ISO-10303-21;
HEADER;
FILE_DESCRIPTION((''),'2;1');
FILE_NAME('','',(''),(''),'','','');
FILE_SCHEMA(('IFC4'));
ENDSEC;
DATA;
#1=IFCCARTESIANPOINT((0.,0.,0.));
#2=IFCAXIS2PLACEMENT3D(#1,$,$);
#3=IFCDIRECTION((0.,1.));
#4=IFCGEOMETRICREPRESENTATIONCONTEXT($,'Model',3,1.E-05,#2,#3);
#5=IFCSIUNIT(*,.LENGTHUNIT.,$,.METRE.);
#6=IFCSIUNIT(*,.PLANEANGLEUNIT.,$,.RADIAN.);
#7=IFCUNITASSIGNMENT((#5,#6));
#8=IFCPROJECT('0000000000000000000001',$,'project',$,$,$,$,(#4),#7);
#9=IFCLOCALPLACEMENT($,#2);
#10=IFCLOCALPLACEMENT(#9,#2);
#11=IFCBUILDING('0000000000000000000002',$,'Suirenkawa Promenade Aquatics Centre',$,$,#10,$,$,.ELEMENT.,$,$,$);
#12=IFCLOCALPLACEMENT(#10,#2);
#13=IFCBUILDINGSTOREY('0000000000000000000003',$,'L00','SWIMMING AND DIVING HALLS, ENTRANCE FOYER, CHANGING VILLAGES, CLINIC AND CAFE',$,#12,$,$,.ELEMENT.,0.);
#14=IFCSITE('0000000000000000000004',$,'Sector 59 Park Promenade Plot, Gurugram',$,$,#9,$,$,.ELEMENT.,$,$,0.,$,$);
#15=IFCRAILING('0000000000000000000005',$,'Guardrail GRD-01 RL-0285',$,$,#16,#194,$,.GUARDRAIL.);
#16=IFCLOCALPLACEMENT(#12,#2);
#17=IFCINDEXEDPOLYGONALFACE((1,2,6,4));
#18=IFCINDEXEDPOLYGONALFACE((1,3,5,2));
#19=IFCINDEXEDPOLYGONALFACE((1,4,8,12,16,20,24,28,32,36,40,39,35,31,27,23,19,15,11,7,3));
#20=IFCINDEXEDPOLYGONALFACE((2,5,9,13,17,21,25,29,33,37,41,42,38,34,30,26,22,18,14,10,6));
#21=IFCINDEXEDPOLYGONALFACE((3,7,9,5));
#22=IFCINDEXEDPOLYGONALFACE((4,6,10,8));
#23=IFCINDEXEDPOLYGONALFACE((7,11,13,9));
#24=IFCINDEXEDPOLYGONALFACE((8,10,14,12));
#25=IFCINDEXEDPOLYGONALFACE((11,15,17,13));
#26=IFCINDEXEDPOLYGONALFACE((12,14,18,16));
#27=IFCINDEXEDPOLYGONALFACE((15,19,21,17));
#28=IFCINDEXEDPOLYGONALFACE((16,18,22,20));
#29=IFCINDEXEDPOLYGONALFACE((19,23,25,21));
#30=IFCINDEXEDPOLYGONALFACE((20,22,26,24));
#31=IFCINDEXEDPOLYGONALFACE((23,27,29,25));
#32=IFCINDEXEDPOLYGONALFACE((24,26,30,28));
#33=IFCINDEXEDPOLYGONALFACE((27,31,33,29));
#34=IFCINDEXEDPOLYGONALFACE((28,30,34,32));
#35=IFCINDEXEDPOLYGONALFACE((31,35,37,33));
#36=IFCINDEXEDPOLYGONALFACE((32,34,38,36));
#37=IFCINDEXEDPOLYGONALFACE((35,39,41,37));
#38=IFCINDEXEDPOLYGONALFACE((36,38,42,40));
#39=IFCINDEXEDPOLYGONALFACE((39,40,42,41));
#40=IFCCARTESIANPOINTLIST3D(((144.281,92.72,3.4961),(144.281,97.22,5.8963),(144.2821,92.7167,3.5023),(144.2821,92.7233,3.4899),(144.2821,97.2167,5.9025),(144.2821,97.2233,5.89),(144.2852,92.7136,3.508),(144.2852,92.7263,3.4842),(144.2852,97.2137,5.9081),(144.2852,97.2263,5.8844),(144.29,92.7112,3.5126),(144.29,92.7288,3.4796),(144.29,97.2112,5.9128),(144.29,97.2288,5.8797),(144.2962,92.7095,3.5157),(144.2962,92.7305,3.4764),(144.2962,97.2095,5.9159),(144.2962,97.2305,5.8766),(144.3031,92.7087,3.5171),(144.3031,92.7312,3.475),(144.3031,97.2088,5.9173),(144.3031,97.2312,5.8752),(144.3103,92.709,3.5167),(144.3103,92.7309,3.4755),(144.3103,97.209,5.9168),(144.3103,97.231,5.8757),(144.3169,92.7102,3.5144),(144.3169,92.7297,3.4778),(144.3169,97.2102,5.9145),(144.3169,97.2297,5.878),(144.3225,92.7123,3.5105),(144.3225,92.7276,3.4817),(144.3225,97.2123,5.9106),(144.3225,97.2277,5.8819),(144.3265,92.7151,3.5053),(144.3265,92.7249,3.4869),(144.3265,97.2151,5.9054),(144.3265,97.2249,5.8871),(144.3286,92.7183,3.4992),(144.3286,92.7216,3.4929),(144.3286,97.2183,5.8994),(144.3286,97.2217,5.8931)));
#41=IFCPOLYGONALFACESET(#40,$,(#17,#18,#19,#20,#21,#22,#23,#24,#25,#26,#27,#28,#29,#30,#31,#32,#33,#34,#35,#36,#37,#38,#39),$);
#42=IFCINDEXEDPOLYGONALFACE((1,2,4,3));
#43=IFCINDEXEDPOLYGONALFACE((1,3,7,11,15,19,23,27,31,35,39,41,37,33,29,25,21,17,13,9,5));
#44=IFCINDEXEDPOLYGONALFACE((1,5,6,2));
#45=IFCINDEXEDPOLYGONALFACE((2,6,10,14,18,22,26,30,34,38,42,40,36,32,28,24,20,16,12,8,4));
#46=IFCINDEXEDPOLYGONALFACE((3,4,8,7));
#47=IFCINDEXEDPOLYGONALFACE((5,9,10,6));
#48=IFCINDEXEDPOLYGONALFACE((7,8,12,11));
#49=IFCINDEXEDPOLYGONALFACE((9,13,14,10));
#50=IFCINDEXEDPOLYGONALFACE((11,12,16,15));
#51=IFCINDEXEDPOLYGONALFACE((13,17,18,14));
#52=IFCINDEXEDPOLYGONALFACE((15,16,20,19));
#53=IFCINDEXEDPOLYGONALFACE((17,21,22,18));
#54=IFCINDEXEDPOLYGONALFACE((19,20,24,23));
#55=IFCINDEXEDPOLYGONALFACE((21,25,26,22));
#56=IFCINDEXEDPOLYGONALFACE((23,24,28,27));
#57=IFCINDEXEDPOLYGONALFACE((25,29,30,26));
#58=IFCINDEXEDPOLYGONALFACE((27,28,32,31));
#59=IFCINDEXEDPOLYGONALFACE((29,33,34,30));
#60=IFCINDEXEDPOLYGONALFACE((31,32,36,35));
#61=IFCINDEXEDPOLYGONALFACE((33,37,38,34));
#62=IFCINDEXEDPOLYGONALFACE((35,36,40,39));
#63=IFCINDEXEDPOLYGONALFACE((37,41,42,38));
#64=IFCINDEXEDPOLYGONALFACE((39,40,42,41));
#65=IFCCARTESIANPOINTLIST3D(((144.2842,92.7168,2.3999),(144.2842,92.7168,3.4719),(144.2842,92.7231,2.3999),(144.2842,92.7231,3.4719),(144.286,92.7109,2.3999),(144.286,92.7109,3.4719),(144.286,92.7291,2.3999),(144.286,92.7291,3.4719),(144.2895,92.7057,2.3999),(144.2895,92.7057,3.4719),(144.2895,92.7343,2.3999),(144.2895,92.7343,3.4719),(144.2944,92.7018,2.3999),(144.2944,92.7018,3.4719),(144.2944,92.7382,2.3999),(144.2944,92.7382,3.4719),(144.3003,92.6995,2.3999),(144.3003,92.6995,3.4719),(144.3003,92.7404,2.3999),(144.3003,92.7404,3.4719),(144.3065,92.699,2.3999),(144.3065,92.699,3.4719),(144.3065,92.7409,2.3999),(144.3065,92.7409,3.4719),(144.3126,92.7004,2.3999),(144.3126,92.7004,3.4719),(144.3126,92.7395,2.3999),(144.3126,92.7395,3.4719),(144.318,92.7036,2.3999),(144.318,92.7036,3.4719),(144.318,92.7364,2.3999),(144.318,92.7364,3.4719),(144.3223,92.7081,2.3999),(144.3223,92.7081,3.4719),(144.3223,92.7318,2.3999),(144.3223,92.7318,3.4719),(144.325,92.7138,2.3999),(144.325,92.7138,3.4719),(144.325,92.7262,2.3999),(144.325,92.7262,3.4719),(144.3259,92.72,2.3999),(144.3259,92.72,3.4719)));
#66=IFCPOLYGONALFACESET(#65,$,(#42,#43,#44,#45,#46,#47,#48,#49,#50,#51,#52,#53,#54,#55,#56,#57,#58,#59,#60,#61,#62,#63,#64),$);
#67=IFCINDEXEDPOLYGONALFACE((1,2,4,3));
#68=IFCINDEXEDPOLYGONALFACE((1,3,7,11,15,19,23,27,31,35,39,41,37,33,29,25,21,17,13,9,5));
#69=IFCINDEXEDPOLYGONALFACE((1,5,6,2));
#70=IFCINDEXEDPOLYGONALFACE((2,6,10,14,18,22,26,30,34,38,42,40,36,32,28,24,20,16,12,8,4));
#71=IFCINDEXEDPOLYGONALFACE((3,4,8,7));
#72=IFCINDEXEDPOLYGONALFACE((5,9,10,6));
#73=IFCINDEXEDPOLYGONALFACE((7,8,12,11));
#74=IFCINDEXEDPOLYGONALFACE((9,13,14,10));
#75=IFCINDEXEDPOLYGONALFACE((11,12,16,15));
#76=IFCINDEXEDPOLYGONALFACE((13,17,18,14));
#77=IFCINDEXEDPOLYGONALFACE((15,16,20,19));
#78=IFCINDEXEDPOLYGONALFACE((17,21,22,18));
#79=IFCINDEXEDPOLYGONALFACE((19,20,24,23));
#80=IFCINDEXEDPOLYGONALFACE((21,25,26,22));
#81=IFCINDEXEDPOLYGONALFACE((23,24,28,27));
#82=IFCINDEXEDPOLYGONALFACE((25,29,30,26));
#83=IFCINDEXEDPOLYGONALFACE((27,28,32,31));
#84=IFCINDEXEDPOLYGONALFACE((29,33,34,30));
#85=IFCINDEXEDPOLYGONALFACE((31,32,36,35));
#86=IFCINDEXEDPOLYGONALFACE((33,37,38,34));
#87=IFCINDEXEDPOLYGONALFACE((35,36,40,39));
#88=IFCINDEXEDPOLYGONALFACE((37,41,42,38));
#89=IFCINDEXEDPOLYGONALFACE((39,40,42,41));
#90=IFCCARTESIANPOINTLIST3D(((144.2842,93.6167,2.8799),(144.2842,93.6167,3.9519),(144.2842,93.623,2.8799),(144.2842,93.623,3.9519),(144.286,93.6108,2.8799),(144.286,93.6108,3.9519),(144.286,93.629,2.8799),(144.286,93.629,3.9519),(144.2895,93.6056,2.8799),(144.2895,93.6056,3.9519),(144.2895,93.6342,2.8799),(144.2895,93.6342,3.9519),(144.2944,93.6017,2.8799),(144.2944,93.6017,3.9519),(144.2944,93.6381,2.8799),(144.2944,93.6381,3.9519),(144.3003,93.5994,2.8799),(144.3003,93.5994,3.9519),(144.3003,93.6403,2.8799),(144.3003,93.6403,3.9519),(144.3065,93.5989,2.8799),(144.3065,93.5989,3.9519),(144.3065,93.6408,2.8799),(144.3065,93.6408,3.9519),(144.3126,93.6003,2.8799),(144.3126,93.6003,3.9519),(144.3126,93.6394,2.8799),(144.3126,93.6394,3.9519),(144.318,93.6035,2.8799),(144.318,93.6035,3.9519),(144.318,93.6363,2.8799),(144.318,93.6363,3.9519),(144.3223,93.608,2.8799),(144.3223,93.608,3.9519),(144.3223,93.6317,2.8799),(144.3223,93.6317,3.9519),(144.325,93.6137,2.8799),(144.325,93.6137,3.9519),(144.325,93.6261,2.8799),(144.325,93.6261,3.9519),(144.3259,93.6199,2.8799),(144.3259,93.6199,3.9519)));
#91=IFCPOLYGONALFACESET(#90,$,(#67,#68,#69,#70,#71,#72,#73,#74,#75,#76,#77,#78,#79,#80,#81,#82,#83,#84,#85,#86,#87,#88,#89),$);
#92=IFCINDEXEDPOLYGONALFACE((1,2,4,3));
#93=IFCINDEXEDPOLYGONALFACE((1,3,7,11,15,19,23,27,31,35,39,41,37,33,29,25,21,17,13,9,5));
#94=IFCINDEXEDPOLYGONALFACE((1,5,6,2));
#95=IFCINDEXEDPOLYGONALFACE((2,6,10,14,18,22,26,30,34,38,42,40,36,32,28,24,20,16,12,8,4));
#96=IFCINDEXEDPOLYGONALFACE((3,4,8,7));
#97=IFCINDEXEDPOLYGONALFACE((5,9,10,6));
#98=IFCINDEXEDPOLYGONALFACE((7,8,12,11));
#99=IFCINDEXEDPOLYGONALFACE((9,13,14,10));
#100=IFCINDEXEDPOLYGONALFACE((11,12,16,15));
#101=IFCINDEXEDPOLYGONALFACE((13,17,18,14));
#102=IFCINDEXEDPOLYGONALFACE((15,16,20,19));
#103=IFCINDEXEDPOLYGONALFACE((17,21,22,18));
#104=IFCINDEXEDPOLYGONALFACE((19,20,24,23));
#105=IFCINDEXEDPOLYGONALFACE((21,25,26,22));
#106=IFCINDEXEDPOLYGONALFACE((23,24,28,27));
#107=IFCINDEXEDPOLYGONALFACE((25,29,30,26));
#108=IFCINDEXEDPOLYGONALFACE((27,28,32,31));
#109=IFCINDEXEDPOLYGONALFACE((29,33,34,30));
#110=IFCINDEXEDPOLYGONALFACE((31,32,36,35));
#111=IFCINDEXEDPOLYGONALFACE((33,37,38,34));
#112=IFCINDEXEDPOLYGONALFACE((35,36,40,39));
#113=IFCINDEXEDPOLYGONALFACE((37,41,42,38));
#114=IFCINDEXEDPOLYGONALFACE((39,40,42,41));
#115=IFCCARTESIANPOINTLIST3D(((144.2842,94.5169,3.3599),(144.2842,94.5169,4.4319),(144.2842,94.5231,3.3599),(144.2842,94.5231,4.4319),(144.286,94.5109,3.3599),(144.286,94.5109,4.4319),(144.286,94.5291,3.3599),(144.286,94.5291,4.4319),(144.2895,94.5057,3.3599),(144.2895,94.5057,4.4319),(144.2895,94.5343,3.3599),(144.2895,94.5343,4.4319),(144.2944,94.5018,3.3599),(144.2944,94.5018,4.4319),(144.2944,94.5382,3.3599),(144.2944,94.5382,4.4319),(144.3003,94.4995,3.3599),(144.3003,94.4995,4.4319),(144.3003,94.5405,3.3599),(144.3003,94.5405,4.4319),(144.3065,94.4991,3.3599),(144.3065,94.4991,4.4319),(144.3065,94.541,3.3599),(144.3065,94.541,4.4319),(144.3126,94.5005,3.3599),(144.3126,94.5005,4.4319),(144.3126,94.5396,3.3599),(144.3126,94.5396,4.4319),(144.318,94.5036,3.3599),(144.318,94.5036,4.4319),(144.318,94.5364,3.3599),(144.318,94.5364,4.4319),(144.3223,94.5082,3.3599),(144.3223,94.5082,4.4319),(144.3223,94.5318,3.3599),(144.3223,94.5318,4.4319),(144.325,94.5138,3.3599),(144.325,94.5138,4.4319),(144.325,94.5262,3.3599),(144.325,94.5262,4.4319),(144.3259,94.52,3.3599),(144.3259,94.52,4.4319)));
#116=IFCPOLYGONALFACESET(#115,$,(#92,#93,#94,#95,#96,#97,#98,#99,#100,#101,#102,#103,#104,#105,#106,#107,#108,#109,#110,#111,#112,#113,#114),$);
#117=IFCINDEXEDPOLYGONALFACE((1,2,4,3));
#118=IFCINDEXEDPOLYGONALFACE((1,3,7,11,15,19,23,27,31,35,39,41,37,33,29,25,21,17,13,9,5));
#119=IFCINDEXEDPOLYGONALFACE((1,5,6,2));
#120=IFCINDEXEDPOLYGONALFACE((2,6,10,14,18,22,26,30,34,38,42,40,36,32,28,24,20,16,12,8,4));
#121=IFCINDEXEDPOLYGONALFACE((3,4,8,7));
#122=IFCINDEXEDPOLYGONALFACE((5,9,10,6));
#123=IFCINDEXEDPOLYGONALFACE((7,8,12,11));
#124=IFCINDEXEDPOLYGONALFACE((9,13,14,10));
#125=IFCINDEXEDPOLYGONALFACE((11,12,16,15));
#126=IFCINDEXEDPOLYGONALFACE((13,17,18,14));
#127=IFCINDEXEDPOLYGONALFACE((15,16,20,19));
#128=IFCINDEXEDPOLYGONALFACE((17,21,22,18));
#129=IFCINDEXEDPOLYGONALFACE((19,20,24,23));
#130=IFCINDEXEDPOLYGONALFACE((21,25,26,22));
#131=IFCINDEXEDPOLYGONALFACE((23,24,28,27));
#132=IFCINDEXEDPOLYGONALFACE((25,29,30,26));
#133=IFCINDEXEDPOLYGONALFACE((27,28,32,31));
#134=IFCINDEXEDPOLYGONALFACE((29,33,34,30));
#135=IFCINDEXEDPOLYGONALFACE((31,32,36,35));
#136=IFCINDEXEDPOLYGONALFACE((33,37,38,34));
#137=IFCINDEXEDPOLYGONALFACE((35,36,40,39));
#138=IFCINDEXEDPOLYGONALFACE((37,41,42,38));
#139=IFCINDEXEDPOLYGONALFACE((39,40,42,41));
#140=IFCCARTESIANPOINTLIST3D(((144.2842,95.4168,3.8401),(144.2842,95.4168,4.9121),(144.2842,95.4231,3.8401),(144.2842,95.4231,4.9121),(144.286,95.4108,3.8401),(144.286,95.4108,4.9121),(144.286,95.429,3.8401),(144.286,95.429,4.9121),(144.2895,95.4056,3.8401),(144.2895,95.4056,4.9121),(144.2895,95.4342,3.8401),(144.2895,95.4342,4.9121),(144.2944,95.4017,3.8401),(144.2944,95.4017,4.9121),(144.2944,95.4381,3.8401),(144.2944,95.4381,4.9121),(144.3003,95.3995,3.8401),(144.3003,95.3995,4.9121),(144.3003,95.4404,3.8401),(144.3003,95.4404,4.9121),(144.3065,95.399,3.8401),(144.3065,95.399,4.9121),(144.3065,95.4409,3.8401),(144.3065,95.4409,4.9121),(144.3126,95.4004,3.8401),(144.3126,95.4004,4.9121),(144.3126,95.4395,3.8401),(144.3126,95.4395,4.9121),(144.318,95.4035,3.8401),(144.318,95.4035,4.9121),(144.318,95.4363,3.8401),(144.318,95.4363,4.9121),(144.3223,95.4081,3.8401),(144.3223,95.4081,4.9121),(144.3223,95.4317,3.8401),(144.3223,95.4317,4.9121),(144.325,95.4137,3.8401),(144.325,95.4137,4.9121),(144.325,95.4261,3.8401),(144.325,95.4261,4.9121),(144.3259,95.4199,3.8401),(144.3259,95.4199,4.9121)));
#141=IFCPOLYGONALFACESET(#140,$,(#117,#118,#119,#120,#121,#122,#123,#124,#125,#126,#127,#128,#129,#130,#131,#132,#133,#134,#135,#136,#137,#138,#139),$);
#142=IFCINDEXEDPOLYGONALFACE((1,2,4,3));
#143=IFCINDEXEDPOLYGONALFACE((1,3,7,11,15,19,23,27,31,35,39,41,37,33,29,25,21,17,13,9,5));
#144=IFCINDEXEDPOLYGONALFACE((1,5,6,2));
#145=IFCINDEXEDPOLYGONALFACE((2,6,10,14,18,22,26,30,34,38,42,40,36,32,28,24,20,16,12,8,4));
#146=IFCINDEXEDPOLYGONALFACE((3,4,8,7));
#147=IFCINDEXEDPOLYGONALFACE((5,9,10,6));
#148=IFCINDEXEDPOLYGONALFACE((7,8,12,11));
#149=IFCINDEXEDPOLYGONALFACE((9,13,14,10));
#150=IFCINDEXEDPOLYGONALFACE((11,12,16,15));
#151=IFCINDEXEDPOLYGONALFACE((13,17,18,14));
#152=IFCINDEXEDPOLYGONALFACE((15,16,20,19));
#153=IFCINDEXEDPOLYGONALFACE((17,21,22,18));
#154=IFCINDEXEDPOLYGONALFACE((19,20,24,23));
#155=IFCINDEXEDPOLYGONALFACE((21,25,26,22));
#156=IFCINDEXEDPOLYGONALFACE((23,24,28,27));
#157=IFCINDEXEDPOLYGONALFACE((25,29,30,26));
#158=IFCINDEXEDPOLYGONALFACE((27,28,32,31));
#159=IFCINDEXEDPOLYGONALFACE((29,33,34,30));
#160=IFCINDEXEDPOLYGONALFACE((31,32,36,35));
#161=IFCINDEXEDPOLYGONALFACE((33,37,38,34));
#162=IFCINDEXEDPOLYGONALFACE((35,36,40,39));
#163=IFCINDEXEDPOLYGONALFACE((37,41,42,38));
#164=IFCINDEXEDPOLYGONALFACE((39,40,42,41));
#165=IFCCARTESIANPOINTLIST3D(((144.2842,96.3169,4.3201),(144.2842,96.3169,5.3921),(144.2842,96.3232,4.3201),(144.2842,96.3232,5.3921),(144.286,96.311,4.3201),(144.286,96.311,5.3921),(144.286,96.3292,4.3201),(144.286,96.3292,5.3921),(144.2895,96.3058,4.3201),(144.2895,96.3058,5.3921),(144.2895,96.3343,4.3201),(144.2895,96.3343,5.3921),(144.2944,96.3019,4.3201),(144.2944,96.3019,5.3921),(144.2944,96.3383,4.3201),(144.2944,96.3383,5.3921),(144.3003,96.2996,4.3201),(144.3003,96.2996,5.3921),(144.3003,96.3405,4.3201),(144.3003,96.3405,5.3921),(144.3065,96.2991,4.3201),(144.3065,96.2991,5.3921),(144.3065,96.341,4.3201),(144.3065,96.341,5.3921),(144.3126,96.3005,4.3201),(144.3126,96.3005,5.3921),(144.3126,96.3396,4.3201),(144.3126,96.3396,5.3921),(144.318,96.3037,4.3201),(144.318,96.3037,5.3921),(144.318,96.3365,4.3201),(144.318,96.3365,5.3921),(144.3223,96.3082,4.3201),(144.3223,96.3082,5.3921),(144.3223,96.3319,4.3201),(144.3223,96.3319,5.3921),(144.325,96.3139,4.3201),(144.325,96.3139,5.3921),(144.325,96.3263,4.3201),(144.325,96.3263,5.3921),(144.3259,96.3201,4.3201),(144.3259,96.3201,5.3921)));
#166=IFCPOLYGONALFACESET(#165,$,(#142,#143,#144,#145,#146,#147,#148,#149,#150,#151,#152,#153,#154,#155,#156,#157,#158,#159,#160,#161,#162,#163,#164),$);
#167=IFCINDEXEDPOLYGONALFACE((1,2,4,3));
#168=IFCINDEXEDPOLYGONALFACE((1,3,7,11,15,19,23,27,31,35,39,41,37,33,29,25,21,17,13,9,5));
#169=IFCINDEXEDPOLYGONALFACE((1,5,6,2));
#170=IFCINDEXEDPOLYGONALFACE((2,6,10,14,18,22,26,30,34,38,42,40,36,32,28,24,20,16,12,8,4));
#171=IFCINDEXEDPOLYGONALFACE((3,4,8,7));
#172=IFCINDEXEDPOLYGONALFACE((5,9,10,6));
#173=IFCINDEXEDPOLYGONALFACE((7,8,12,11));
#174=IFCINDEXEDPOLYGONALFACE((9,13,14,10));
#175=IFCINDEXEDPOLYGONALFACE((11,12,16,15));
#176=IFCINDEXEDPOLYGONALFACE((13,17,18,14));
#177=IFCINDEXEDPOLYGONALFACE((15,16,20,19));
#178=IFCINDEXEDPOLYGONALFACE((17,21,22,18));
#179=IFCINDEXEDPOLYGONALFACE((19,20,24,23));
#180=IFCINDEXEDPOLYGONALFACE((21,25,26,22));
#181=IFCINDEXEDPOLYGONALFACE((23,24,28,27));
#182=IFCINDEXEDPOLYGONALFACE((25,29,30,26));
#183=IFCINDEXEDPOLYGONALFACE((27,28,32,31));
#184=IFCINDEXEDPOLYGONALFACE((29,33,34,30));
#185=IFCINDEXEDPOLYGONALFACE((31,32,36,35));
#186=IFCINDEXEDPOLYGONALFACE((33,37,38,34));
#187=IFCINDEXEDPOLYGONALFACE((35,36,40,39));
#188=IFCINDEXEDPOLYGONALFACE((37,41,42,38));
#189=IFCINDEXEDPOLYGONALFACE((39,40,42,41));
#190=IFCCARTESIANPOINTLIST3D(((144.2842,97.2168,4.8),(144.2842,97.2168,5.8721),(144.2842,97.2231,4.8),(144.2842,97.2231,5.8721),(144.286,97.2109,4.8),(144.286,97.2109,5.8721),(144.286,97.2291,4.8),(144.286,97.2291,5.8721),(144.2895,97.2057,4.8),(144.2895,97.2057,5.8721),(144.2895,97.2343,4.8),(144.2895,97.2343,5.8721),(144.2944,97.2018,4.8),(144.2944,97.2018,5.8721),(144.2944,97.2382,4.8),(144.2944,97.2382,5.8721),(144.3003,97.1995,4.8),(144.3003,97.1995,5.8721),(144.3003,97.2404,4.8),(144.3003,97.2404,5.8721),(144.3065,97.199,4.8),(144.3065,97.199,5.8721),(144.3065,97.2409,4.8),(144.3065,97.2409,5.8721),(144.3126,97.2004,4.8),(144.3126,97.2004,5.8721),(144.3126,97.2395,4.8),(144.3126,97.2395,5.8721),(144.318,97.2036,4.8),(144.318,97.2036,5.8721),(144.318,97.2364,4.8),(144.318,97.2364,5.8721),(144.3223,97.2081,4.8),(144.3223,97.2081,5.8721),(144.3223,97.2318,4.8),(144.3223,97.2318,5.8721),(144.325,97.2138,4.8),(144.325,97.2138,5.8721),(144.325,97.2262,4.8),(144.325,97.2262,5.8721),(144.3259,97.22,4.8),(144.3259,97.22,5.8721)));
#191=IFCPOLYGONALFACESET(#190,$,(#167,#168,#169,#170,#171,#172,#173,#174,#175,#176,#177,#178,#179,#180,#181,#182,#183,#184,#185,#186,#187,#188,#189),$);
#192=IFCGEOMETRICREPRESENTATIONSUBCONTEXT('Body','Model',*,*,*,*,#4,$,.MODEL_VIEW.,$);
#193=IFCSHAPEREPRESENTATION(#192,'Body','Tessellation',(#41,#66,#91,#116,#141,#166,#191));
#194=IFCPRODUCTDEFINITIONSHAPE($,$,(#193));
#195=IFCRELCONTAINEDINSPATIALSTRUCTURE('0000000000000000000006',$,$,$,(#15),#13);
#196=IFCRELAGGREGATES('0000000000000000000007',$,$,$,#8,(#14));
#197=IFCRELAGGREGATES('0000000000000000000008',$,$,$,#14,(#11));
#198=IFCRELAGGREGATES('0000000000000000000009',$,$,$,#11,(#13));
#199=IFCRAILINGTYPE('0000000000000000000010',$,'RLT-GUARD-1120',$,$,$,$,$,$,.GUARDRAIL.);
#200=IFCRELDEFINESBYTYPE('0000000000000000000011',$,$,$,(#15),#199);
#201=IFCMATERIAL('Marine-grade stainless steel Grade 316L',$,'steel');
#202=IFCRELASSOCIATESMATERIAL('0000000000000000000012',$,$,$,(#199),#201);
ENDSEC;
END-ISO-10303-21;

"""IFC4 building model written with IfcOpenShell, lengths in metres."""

from ifc_helpers import new_model, si_unit, direction, frame, origin, origin_2d, place, context, subcontext, project, spatial, circle, extrude, material, type_object, element, save


model = new_model("IFC4")

# Units and contexts
model_context = context("Model", 3, precision=1e-05, world=origin(), true_north=direction((0.0, 1.0)))
body_context = subcontext(model_context, "Body", "Model", "MODEL_VIEW")
ifc_project = project(units=[si_unit("LENGTHUNIT", "METRE"), si_unit("PLANEANGLEUNIT", "RADIAN")], contexts=[model_context])

# Site, building, storey
site_placement = place(None, origin())
site = spatial("IfcSite", under=ifc_project, at=site_placement, Name="Sector 59 Park Promenade Plot, Gurugram", CompositionType="ELEMENT", RefElevation=0.0)
building_placement = place(site_placement, origin())
building = spatial("IfcBuilding", under=site, at=building_placement, Name="Suirenkawa Promenade Aquatics Centre", CompositionType="ELEMENT")
storey_placement = place(building_placement, origin())
storey = spatial("IfcBuildingStorey", under=building, at=storey_placement, Name="L00", Description="SWIMMING AND DIVING HALLS, ENTRANCE FOYER, CHANGING VILLAGES, CLINIC AND CAFE", CompositionType="ELEMENT", Elevation=0.0)

# Railing
ifc_material_1 = material(Name="Marine-grade stainless steel Grade 316L", Category="steel")
railing_type_1 = type_object("IfcRailingType", Name="RLT-GUARD-1120", PredefinedType="GUARDRAIL", material=ifc_material_1)
for number, where, name in (
    (1, (144.3049, 92.72, 2.3999), "Guardrail GRD-01 RL-0285"),
):
    element("IfcRailing", number, at=place(storey_placement, frame(where)), inside=storey, type_object=railing_type_1, Name=name, PredefinedType="GUARDRAIL", context=body_context, shape_type="SweptSolid", body=[
        extrude(circle(Radius=0.0239, at=origin_2d()), frame((0.0, 0.0, 1.0962), z_axis=(0.0, 0.882341, 0.470611), x_axis=(-1.0, 0.0, 0.0)), (0.0, 0.0, 1.0), 5.1001),
        extrude(circle(Radius=0.021, at=origin_2d()), origin(), (0.0, 0.0, 1.0), 1.072),
        extrude(circle(Radius=0.021, at=origin_2d()), frame((0.0, 0.8999, 0.48)), (0.0, 0.0, 1.0), 1.072),
        extrude(circle(Radius=0.021, at=origin_2d()), frame((0.0, 1.8, 0.96)), (0.0, 0.0, 1.0), 1.072),
        extrude(circle(Radius=0.021, at=origin_2d()), frame((0.0, 2.7, 1.4402)), (0.0, 0.0, 1.0), 1.072),
        extrude(circle(Radius=0.021, at=origin_2d()), frame((0.0, 3.6001, 1.9202)), (0.0, 0.0, 1.0), 1.072),
        extrude(circle(Radius=0.021, at=origin_2d()), frame((0.0, 4.5, 2.4001)), (0.0, 0.0, 1.0), 1.072),
    ])

save(model, "model.ifc")
